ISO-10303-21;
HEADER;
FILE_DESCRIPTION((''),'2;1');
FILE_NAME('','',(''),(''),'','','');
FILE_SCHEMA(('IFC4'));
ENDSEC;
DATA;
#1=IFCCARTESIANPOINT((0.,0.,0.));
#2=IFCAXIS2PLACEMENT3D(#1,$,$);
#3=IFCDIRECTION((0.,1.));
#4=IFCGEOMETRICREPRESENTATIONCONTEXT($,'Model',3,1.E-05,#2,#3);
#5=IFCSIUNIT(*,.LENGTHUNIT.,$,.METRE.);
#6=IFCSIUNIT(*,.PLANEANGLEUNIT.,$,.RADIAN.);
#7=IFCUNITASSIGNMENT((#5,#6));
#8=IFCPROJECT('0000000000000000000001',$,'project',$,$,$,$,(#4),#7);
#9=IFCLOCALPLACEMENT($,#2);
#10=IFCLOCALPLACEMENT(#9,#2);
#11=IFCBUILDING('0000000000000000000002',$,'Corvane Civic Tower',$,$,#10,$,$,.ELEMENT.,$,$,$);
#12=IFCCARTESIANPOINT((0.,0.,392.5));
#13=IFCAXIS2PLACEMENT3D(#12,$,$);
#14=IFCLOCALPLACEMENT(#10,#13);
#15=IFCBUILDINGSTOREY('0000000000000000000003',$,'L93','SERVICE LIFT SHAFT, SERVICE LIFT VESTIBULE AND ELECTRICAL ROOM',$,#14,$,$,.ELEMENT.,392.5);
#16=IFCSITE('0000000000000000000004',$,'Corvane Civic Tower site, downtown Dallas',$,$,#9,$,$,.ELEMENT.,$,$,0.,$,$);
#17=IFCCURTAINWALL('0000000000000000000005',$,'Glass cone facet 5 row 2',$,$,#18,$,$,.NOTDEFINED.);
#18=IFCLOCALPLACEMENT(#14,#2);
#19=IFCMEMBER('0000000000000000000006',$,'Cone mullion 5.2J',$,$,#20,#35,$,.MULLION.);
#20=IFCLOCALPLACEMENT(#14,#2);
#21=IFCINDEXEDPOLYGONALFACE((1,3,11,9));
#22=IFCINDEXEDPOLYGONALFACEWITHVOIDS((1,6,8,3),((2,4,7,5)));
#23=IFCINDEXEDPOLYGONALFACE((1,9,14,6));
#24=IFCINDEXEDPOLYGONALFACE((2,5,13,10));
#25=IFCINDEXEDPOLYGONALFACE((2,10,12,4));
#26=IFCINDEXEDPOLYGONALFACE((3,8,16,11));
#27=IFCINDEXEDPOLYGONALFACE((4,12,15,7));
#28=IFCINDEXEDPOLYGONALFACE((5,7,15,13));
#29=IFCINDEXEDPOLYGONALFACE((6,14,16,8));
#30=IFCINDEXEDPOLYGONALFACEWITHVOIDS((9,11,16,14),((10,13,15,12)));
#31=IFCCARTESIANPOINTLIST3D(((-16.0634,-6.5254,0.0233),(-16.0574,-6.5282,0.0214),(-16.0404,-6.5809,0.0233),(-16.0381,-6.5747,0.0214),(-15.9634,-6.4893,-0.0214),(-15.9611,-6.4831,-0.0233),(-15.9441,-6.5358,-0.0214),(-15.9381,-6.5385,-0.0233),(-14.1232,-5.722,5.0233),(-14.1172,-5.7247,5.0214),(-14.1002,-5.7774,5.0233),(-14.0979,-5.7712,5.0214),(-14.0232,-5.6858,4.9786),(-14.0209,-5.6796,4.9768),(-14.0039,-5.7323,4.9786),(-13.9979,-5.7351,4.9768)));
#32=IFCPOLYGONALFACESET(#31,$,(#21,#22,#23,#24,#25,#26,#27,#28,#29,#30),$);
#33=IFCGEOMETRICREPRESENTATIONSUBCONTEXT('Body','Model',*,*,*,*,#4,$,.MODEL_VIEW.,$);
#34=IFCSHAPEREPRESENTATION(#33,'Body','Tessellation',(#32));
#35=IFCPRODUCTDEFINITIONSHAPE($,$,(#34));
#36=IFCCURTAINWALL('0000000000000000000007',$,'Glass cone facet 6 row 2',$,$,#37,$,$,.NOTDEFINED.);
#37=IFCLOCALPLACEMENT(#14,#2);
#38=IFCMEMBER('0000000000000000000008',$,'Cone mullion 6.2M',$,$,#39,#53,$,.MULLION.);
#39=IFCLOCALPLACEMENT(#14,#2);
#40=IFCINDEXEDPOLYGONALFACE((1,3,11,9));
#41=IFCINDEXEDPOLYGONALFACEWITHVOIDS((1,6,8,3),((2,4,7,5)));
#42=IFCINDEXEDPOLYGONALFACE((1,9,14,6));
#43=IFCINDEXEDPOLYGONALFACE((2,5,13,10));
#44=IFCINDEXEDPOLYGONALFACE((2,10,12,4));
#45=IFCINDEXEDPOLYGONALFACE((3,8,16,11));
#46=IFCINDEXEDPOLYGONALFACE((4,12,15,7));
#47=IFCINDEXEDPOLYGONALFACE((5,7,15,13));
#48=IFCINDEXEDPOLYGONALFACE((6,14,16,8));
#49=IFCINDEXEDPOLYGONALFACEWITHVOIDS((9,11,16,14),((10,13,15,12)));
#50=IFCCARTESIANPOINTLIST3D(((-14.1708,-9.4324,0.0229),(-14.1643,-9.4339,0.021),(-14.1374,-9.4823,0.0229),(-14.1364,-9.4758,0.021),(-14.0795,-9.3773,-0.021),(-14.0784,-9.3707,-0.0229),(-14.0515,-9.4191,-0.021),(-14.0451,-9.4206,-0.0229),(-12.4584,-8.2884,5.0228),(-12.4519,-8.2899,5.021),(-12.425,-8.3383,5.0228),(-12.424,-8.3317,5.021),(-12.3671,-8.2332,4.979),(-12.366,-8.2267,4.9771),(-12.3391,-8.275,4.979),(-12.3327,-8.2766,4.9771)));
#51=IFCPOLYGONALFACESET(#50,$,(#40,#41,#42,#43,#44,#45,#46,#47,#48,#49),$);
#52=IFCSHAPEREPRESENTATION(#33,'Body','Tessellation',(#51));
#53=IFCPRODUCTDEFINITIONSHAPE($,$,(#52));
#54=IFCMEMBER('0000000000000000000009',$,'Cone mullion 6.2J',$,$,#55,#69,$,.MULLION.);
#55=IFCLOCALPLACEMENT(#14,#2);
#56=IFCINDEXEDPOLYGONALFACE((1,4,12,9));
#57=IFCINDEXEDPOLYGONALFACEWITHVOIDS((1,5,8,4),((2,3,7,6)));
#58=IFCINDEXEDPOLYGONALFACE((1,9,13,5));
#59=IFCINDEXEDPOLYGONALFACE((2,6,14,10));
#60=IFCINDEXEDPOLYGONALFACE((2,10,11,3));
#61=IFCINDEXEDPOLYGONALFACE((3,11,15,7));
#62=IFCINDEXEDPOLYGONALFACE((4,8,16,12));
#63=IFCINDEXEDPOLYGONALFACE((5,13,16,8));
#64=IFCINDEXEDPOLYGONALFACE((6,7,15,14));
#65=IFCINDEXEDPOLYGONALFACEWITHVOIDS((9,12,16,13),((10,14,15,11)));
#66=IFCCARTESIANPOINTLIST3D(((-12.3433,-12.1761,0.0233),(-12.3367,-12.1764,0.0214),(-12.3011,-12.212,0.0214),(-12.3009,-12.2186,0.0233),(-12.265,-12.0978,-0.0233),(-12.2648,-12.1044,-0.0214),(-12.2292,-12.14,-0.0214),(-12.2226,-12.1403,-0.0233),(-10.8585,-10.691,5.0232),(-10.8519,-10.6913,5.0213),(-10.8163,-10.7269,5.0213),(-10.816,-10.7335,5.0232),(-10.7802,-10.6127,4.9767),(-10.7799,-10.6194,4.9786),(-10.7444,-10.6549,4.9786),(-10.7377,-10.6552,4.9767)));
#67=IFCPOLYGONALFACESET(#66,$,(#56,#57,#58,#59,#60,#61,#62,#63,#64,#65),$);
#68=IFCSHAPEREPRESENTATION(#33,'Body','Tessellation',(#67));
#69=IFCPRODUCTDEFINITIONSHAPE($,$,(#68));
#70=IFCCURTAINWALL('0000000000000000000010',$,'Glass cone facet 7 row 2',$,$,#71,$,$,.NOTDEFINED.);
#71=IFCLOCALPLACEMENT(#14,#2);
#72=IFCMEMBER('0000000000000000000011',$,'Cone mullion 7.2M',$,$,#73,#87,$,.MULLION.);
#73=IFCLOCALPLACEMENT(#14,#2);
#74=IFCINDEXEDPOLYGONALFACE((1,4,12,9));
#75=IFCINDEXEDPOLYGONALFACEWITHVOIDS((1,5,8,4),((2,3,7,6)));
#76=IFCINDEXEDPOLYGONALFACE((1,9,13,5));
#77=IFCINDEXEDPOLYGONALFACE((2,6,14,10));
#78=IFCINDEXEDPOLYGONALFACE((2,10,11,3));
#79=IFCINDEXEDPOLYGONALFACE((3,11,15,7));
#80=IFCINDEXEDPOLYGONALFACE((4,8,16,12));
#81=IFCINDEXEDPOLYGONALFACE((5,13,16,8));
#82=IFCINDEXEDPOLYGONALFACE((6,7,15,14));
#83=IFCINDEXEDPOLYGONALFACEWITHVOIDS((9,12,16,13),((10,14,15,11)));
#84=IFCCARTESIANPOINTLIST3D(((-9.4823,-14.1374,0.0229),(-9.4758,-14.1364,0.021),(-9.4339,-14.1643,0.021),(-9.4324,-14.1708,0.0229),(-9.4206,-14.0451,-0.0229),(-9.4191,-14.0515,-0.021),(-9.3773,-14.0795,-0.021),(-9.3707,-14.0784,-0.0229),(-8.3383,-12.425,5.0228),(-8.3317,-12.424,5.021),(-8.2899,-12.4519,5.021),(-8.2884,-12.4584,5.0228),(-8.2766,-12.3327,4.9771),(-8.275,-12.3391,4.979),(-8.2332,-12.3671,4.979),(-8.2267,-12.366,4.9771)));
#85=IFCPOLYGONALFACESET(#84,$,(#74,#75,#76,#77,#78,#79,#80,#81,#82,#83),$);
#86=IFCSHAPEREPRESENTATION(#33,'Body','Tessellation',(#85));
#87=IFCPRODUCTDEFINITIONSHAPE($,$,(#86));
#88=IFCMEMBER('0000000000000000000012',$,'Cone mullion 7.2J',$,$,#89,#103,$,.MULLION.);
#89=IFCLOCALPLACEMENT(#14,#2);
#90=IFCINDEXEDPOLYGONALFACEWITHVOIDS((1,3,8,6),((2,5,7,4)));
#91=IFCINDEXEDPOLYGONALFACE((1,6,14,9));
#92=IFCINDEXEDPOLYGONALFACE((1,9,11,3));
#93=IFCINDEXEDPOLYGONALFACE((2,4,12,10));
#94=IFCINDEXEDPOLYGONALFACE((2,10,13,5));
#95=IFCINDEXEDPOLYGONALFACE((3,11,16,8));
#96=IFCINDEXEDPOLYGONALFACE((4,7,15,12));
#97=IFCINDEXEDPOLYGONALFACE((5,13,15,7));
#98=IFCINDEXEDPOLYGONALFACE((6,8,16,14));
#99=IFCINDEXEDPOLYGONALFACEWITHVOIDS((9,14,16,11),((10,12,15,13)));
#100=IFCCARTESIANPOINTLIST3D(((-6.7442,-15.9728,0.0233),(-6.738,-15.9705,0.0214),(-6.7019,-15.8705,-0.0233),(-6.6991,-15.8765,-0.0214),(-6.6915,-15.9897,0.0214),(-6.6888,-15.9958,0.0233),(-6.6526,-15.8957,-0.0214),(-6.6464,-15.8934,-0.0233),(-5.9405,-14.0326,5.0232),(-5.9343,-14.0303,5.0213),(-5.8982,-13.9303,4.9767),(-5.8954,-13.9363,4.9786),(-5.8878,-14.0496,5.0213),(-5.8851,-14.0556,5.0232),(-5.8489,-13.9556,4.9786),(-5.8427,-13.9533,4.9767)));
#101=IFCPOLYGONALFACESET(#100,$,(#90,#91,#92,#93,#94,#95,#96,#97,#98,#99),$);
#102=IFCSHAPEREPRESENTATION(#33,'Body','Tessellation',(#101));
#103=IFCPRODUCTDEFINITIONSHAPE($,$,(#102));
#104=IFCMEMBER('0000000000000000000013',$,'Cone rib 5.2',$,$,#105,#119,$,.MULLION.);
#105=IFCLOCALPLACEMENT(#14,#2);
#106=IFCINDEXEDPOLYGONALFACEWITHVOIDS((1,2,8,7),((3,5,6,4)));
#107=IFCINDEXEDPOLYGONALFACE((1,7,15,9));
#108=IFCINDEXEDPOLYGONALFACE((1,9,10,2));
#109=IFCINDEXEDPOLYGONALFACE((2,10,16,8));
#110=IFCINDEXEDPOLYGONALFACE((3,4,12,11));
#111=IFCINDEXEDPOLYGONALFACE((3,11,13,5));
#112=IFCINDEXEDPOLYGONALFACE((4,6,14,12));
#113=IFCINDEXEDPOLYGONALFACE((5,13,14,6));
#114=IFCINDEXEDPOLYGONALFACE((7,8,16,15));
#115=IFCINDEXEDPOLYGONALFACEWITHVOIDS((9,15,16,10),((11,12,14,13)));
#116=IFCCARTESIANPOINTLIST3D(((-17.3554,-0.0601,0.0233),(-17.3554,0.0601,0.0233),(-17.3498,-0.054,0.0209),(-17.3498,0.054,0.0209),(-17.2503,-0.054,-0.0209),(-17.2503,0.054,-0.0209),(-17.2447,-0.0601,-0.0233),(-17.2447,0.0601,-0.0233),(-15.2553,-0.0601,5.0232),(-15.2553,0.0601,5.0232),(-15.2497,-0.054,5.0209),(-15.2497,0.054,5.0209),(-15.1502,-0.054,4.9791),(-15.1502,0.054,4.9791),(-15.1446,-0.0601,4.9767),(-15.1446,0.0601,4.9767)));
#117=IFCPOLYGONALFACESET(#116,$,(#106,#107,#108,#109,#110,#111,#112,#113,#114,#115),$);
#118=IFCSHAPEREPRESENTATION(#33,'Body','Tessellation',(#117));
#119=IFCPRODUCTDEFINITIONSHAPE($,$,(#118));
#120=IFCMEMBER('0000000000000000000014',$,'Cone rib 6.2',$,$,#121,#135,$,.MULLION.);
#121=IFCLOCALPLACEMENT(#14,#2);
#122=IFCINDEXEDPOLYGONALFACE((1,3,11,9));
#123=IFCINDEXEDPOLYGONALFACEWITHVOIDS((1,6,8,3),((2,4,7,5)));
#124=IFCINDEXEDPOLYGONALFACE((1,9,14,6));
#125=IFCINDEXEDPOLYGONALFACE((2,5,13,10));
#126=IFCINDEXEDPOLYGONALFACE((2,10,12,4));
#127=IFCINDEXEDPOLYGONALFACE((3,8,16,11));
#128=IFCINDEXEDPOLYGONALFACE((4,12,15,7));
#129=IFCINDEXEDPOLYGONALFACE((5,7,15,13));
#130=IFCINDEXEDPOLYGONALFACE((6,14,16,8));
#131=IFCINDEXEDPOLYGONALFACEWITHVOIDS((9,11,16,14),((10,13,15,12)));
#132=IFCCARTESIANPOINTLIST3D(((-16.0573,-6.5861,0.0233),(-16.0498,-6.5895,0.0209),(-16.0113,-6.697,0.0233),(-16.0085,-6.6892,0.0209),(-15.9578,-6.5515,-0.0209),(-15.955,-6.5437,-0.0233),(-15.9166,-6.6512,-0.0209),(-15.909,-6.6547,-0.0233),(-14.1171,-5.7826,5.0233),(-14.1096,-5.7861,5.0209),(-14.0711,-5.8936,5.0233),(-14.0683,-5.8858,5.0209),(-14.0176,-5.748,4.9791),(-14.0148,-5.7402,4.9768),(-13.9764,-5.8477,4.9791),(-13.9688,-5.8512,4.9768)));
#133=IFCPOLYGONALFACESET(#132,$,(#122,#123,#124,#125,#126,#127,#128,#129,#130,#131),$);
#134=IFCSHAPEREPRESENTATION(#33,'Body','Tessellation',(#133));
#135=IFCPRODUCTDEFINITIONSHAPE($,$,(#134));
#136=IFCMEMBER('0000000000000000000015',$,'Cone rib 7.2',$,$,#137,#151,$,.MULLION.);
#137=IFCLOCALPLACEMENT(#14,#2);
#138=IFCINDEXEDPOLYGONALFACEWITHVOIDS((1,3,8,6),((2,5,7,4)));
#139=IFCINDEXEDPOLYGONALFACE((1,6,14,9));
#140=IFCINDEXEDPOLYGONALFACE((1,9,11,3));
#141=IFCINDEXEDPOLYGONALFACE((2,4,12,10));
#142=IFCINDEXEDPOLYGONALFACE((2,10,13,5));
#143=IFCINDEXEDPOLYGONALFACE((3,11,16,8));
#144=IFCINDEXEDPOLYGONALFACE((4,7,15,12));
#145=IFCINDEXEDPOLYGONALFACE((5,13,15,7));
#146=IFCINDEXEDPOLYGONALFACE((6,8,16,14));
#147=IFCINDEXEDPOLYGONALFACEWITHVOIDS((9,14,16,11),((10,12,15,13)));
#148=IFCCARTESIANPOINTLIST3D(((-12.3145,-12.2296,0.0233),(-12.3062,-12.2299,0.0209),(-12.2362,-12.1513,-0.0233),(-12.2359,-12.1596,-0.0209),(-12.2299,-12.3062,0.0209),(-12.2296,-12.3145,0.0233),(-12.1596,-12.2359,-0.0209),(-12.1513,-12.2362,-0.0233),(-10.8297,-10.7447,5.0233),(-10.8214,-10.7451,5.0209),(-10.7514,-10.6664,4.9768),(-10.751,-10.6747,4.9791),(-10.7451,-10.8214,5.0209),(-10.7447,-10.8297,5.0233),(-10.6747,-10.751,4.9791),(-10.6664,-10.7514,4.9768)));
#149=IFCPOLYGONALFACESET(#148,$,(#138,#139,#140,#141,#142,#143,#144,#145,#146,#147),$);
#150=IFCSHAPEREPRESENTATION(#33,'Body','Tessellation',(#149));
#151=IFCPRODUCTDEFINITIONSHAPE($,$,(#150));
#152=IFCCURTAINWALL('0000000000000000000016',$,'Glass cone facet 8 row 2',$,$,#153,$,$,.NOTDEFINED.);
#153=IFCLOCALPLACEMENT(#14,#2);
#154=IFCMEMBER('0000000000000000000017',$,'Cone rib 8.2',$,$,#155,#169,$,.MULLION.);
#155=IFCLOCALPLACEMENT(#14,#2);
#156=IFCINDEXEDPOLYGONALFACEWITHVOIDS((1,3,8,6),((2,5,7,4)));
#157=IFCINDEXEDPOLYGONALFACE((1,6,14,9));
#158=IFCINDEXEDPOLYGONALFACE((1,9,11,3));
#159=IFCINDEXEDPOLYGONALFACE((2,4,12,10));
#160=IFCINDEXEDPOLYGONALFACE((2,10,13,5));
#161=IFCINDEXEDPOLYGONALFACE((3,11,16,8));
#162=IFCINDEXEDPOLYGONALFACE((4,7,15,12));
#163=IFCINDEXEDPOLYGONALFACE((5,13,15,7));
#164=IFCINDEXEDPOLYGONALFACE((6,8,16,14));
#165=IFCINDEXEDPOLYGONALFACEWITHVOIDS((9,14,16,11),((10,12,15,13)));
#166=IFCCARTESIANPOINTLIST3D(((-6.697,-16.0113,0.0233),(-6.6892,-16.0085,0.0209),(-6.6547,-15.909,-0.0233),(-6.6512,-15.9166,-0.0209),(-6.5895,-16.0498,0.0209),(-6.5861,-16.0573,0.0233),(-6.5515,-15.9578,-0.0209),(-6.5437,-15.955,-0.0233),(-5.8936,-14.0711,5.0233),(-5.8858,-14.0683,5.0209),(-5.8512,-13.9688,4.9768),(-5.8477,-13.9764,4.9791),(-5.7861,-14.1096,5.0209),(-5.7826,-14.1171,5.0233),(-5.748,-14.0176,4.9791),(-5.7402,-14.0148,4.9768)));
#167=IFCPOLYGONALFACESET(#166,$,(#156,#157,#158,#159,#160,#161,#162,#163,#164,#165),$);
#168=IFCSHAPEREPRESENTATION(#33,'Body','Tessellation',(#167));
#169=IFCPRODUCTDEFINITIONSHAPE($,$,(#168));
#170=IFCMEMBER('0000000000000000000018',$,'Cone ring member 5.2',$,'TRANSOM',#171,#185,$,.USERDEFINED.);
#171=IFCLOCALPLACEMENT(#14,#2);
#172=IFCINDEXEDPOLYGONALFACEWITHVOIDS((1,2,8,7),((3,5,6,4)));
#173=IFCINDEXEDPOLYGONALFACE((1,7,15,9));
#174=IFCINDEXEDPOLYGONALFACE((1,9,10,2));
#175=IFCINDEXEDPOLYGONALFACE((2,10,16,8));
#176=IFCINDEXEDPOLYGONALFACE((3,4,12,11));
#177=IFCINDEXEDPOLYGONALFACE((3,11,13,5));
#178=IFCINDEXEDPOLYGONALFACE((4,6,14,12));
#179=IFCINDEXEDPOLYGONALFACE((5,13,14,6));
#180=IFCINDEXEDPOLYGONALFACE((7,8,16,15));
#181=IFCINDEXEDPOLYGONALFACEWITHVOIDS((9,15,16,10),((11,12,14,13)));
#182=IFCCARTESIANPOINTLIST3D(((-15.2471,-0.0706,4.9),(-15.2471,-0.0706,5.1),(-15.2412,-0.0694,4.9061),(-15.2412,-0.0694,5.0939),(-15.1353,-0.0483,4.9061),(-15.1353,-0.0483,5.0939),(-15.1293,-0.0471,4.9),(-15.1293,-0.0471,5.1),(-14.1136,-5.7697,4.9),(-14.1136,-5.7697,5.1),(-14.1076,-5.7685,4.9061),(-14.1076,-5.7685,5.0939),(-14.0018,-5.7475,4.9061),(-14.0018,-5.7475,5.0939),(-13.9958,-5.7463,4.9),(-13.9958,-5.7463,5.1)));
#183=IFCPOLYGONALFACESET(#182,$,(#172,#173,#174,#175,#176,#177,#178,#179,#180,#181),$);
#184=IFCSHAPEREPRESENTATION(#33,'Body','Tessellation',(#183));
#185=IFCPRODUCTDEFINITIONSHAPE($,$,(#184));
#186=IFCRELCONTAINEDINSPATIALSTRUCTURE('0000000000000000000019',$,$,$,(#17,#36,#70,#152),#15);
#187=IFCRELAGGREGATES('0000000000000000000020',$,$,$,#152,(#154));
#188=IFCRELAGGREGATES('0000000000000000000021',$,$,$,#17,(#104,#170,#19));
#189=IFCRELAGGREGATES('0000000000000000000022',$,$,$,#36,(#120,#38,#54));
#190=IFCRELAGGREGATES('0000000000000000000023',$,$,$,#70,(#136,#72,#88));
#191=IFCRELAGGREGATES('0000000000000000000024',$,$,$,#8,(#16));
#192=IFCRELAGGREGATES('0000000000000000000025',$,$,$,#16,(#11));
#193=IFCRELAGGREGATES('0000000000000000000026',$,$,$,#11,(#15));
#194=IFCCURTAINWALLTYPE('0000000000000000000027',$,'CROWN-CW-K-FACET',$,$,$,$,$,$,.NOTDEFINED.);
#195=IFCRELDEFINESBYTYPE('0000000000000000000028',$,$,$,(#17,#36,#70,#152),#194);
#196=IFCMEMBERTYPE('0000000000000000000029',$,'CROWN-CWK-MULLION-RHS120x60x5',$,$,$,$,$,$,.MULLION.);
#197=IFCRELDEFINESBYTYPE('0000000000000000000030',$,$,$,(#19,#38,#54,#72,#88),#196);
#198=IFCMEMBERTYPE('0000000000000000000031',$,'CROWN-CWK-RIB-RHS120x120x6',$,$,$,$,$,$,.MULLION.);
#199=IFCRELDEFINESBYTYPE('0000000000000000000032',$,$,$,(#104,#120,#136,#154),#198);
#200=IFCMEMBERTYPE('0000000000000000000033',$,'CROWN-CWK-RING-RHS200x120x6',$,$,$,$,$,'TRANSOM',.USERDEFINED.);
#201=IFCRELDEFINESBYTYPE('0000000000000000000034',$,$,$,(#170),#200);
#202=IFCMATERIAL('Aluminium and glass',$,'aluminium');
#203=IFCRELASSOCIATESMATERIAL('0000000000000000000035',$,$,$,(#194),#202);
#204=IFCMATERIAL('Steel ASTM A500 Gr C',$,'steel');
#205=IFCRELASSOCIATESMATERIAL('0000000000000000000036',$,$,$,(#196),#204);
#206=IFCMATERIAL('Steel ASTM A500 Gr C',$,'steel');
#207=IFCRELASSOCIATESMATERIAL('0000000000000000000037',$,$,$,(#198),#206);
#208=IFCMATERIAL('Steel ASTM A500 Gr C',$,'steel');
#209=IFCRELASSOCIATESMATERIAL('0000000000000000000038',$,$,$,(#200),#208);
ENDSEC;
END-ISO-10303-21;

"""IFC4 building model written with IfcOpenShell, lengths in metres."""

from ifc_helpers import new_model, si_unit, direction, frame, origin, origin_2d, place, context, subcontext, project, spatial, hollow_rectangle, extrude, material, material_profile, profile_set, type_object, element, aggregate, save


model = new_model("IFC4")

# Units and contexts
model_context = context("Model", 3, precision=1e-05, world=origin(), true_north=direction((0.0, 1.0)))
body_context = subcontext(model_context, "Body", "Model", "MODEL_VIEW")
ifc_project = project(units=[si_unit("LENGTHUNIT", "METRE"), si_unit("PLANEANGLEUNIT", "RADIAN")], contexts=[model_context])

# Site, building, storey
site_placement = place(None, origin())
site = spatial("IfcSite", under=ifc_project, at=site_placement, Name="Corvane Civic Tower site, downtown Dallas", CompositionType="ELEMENT", RefElevation=0.0)
building_placement = place(site_placement, origin())
building = spatial("IfcBuilding", under=site, at=building_placement, Name="Corvane Civic Tower", CompositionType="ELEMENT")
storey_placement = place(building_placement, frame((0.0, 0.0, 392.5)))
storey = spatial("IfcBuildingStorey", under=building, at=storey_placement, Name="L93", Description="SERVICE LIFT SHAFT, SERVICE LIFT VESTIBULE AND ELECTRICAL ROOM", CompositionType="ELEMENT", Elevation=392.5)

# Curtain walls, members
ifc_material_1 = material(Name="Aluminium and glass", Category="aluminium")
curtain_wall_type = type_object("IfcCurtainWallType", Name="CROWN-CW-K-FACET", PredefinedType="NOTDEFINED", material=ifc_material_1)
curtain_wall_1_placement = place(storey_placement, origin())
curtain_wall_1 = element("IfcCurtainWall", 1, at=curtain_wall_1_placement, inside=storey, type_object=curtain_wall_type, Name="Glass cone facet 5 row 2", PredefinedType="NOTDEFINED")
ifc_material_2 = material(Name="Steel ASTM A500 Gr C", Category="steel")
ifc_material_profile_1 = material_profile(ifc_material_2, hollow_rectangle(XDim=0.0601, YDim=0.1201, WallThickness=0.0049, at=origin_2d()), Name="RHS 120x60x5")
ifc_profile_set_1 = profile_set([ifc_material_profile_1], Name="Steel ASTM A500 Gr C")
member_type_1 = type_object("IfcMemberType", Name="CROWN-CWK-MULLION-RHS120x60x5", PredefinedType="MULLION", material=ifc_profile_set_1)
member_1_placement = place(storey_placement, frame((-16.0007, -6.532, 0.0), z_axis=(0.357764, 0.148157, 0.921984), x_axis=(-0.382608, 0.923911, 0.0)))
member_1 = element("IfcMember", 2, at=member_1_placement, type_object=member_type_1, Name="Cone mullion 5.2J", PredefinedType="MULLION", context=body_context, shape_type="SweptSolid", body=[
    extrude(hollow_rectangle(XDim=0.0601, YDim=0.1201, WallThickness=0.0049, at=origin_2d()), origin(), (0.0, 0.0, 1.0), 5.4231),
])
curtain_wall_2_placement = place(storey_placement, origin())
curtain_wall_2 = element("IfcCurtainWall", 3, at=curtain_wall_2_placement, inside=storey, type_object=curtain_wall_type, Name="Glass cone facet 6 row 2", PredefinedType="NOTDEFINED")
member_2_placement = place(storey_placement, frame((-14.1079, -9.4265, 0.0), z_axis=(0.316671, 0.211566, 0.92464), x_axis=(-0.555521, 0.831503, 0.0)))
member_2 = element("IfcMember", 4, at=member_2_placement, type_object=member_type_1, Name="Cone mullion 6.2M", PredefinedType="MULLION", context=body_context, shape_type="SweptSolid", body=[
    extrude(hollow_rectangle(XDim=0.0601, YDim=0.1201, WallThickness=0.0049, at=origin_2d()), origin(), (0.0, 0.0, 1.0), 5.4075),
])
member_3_placement = place(storey_placement, frame((-12.283, -12.1582, 0.0), z_axis=(0.273802, 0.273847, 0.921976), x_axis=(-0.707165, 0.707049, 0.0)))
member_3 = element("IfcMember", 5, at=member_3_placement, type_object=member_type_1, Name="Cone mullion 6.2J", PredefinedType="MULLION", context=body_context, shape_type="SweptSolid", body=[
    extrude(hollow_rectangle(XDim=0.0601, YDim=0.1201, WallThickness=0.0049, at=origin_2d()), origin(), (0.0, 0.0, 1.0), 5.4231),
])
curtain_wall_3_placement = place(storey_placement, origin())
curtain_wall_3 = element("IfcCurtainWall", 6, at=curtain_wall_3_placement, inside=storey, type_object=curtain_wall_type, Name="Glass cone facet 7 row 2", PredefinedType="NOTDEFINED")
member_4_placement = place(storey_placement, frame((-9.4265, -14.1079, 0.0), z_axis=(0.211566, 0.316671, 0.92464), x_axis=(-0.831503, 0.555521, 0.0)))
member_4 = element("IfcMember", 7, at=member_4_placement, type_object=member_type_1, Name="Cone mullion 7.2M", PredefinedType="MULLION", context=body_context, shape_type="SweptSolid", body=[
    extrude(hollow_rectangle(XDim=0.0601, YDim=0.1201, WallThickness=0.0049, at=origin_2d()), origin(), (0.0, 0.0, 1.0), 5.4075),
])
member_5_placement = place(storey_placement, frame((-6.6953, -15.9331, 0.0), z_axis=(0.148201, 0.357762, 0.921978), x_axis=(-0.923869, 0.382708, 0.0)))
member_5 = element("IfcMember", 8, at=member_5_placement, type_object=member_type_1, Name="Cone mullion 7.2J", PredefinedType="MULLION", context=body_context, shape_type="SweptSolid", body=[
    extrude(hollow_rectangle(XDim=0.0601, YDim=0.1201, WallThickness=0.0049, at=origin_2d()), origin(), (0.0, 0.0, 1.0), 5.4231),
])

# Members
ifc_material_3 = material(Name="Steel ASTM A500 Gr C", Category="steel")
ifc_material_profile_2 = material_profile(ifc_material_3, hollow_rectangle(XDim=0.1201, YDim=0.1201, WallThickness=0.0061, at=origin_2d()), Name="RHS 120x120x6")
ifc_profile_set_2 = profile_set([ifc_material_profile_2], Name="Steel ASTM A500 Gr C")
member_type_2 = type_object("IfcMemberType", Name="CROWN-CWK-RIB-RHS120x120x6", PredefinedType="MULLION", material=ifc_profile_set_2)
member_6_placement = place(storey_placement, frame((-17.3, 0.0, 0.0), z_axis=(0.387248, 0.0, 0.921976), x_axis=(0.0, 1.0, 0.0)))
member_6 = element("IfcMember", 9, at=member_6_placement, type_object=member_type_2, Name="Cone rib 5.2", PredefinedType="MULLION", context=body_context, shape_type="SweptSolid", body=[
    extrude(hollow_rectangle(XDim=0.1201, YDim=0.1201, WallThickness=0.0061, at=origin_2d()), origin(), (0.0, 0.0, 1.0), 5.4231),
])
member_7_placement = place(storey_placement, frame((-15.9832, -6.6204, 0.0), z_axis=(0.357764, 0.148157, 0.921984), x_axis=(-0.382608, 0.923911, 0.0)))
member_7 = element("IfcMember", 10, at=member_7_placement, type_object=member_type_2, Name="Cone rib 6.2", PredefinedType="MULLION", context=body_context, shape_type="SweptSolid", body=[
    extrude(hollow_rectangle(XDim=0.1201, YDim=0.1201, WallThickness=0.0061, at=origin_2d()), origin(), (0.0, 0.0, 1.0), 5.4231),
])
member_8_placement = place(storey_placement, frame((-12.2329, -12.2329, 0.0), z_axis=(0.273805, 0.273805, 0.921988), x_axis=(-0.707107, 0.707107, 0.0)))
member_8 = element("IfcMember", 11, at=member_8_placement, type_object=member_type_2, Name="Cone rib 7.2", PredefinedType="MULLION", context=body_context, shape_type="SweptSolid", body=[
    extrude(hollow_rectangle(XDim=0.1201, YDim=0.1201, WallThickness=0.0061, at=origin_2d()), origin(), (0.0, 0.0, 1.0), 5.4231),
])

# Curtain wall, member
curtain_wall_4_placement = place(storey_placement, origin())
curtain_wall_4 = element("IfcCurtainWall", 12, at=curtain_wall_4_placement, inside=storey, type_object=curtain_wall_type, Name="Glass cone facet 8 row 2", PredefinedType="NOTDEFINED")
member_9_placement = place(storey_placement, frame((-6.6204, -15.9832, 0.0), z_axis=(0.148157, 0.357764, 0.921984), x_axis=(-0.923911, 0.382608, 0.0)))
member_9 = element("IfcMember", 13, at=member_9_placement, type_object=member_type_2, Name="Cone rib 8.2", PredefinedType="MULLION", context=body_context, shape_type="SweptSolid", body=[
    extrude(hollow_rectangle(XDim=0.1201, YDim=0.1201, WallThickness=0.0061, at=origin_2d()), origin(), (0.0, 0.0, 1.0), 5.4231),
])
aggregate(curtain_wall_4, [member_9])

# Member
ifc_material_4 = material(Name="Steel ASTM A500 Gr C", Category="steel")
ifc_material_profile_3 = material_profile(ifc_material_4, hollow_rectangle(XDim=0.1201, YDim=0.2, WallThickness=0.0061, at=origin_2d()), Name="RHS 200x120x6")
ifc_profile_set_3 = profile_set([ifc_material_profile_3], Name="Steel ASTM A500 Gr C")
member_type_3 = type_object("IfcMemberType", Name="CROWN-CWK-RING-RHS200x120x6", ElementType="TRANSOM", PredefinedType="USERDEFINED", material=ifc_profile_set_3)
member_10_placement = place(storey_placement, frame((-15.1882, -0.0588, 5.0), z_axis=(0.195074, -0.980789, 0.0), x_axis=(0.980789, 0.195074, 0.0)))
member_10 = element("IfcMember", 14, at=member_10_placement, type_object=member_type_3, Name="Cone ring member 5.2", ObjectType="TRANSOM", PredefinedType="USERDEFINED", context=body_context, shape_type="SweptSolid", body=[
    extrude(hollow_rectangle(XDim=0.1201, YDim=0.2, WallThickness=0.0061, at=origin_2d()), origin(), (0.0, 0.0, 1.0), 5.8108),
])

aggregate(curtain_wall_1, [member_6, member_10, member_1])
aggregate(curtain_wall_2, [member_7, member_2, member_3])
aggregate(curtain_wall_3, [member_8, member_4, member_5])

save(model, "model.ifc")
